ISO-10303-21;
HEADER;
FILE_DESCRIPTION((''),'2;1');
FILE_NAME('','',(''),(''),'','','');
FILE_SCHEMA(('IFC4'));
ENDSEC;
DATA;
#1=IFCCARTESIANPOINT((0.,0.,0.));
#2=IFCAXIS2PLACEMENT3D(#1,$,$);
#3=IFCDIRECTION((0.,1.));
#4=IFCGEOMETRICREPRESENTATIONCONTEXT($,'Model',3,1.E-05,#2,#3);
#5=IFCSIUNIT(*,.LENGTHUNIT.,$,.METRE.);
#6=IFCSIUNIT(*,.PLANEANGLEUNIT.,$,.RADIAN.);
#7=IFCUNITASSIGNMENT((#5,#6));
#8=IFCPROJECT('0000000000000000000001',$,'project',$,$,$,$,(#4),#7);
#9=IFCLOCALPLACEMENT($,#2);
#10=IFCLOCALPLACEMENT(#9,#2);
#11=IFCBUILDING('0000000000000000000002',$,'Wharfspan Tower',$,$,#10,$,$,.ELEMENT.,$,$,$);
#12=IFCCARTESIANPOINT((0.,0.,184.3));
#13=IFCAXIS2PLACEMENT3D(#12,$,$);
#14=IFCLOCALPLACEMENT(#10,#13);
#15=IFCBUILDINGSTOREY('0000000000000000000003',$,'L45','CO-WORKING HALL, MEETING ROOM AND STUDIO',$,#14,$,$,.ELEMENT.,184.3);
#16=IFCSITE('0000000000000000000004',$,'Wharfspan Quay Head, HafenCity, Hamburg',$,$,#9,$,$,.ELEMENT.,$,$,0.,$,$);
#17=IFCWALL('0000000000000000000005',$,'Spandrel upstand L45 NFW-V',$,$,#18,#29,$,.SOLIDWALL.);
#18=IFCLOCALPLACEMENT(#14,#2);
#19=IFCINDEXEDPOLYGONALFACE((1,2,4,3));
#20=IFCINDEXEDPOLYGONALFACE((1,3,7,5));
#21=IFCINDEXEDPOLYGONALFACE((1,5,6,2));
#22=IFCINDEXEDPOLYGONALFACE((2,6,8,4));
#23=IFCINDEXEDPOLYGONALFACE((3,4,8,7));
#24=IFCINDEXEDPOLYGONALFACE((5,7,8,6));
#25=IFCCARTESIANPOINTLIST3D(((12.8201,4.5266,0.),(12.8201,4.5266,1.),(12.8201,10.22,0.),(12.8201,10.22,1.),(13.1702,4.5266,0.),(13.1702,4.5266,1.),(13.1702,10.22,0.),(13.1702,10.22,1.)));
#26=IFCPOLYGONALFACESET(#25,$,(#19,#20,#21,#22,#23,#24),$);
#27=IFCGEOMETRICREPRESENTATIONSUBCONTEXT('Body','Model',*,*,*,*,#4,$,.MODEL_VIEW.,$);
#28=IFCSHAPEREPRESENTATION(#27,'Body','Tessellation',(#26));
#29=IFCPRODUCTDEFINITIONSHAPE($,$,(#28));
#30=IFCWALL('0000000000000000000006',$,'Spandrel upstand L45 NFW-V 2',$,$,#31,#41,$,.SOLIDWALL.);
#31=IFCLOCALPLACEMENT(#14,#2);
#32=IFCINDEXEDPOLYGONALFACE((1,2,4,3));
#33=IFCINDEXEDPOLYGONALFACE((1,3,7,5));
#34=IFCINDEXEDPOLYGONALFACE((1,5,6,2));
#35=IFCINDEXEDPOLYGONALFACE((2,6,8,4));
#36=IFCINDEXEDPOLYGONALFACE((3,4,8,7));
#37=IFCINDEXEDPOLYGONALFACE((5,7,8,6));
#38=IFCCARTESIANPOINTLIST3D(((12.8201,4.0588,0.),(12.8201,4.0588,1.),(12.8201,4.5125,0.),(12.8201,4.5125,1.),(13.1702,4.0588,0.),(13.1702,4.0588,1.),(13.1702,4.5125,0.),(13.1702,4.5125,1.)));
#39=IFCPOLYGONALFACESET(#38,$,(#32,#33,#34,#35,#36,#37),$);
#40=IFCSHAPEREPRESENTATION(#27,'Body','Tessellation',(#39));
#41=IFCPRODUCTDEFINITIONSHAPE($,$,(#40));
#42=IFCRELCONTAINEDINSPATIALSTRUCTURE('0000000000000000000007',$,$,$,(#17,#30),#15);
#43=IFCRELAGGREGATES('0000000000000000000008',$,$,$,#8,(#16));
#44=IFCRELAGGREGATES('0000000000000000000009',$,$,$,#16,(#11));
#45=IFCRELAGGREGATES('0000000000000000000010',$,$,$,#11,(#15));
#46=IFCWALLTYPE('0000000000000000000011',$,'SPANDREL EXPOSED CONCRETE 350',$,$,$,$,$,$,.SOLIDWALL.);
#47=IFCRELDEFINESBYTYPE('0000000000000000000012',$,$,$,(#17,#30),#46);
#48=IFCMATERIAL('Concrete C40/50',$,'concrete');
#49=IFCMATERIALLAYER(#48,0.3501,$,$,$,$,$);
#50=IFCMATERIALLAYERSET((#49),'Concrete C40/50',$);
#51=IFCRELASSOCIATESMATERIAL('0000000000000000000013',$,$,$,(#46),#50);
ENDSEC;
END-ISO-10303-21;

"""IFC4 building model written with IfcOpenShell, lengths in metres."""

from ifc_helpers import new_model, si_unit, direction, frame, frame_2d, origin, place, context, subcontext, project, spatial, rectangle, extrude, material, layer, layer_set, type_object, element, save


model = new_model("IFC4")

# Units and contexts
model_context = context("Model", 3, precision=1e-05, world=origin(), true_north=direction((0.0, 1.0)))
body_context = subcontext(model_context, "Body", "Model", "MODEL_VIEW")
ifc_project = project(units=[si_unit("LENGTHUNIT", "METRE"), si_unit("PLANEANGLEUNIT", "RADIAN")], contexts=[model_context])

# Site, building, storey
site_placement = place(None, origin())
site = spatial("IfcSite", under=ifc_project, at=site_placement, Name="Wharfspan Quay Head, HafenCity, Hamburg", CompositionType="ELEMENT", RefElevation=0.0)
building_placement = place(site_placement, origin())
building = spatial("IfcBuilding", under=site, at=building_placement, Name="Wharfspan Tower", CompositionType="ELEMENT")
storey_placement = place(building_placement, frame((0.0, 0.0, 184.3)))
storey = spatial("IfcBuildingStorey", under=building, at=storey_placement, Name="L45", Description="CO-WORKING HALL, MEETING ROOM AND STUDIO", CompositionType="ELEMENT", Elevation=184.3)

# Walls
ifc_material_1 = material(Name="Concrete C40/50", Category="concrete")
ifc_layer_1 = layer(ifc_material_1, 0.3501)
ifc_layer_set_1 = layer_set([ifc_layer_1], Name="Concrete C40/50")
wall_type_1 = type_object("IfcWallType", Name="SPANDREL EXPOSED CONCRETE 350", PredefinedType="SOLIDWALL", material=ifc_layer_set_1)
wall_1_placement = place(storey_placement, frame((12.9951, 10.22, 0.0), z_axis=(0.0, 0.0, 1.0), x_axis=(0.0, -1.0, 0.0)))
element("IfcWall", 1, at=wall_1_placement, inside=storey, type_object=wall_type_1, Name="Spandrel upstand L45 NFW-V", PredefinedType="SOLIDWALL", context=body_context, shape_type="SweptSolid", body=[
    extrude(rectangle(XDim=5.6934, YDim=0.3501, at=frame_2d((2.8467, 0.0))), origin(), (0.0, 0.0, 1.0), 1.0),
])
wall_2_placement = place(storey_placement, frame((12.9951, 4.5125, 0.0), z_axis=(0.0, 0.0, 1.0), x_axis=(0.0, -1.0, 0.0)))
element("IfcWall", 2, at=wall_2_placement, inside=storey, type_object=wall_type_1, Name="Spandrel upstand L45 NFW-V 2", PredefinedType="SOLIDWALL", context=body_context, shape_type="SweptSolid", body=[
    extrude(rectangle(XDim=0.4536, YDim=0.3501, at=frame_2d((0.2268, 0.0))), origin(), (0.0, 0.0, 1.0), 1.0),
])

save(model, "model.ifc")
